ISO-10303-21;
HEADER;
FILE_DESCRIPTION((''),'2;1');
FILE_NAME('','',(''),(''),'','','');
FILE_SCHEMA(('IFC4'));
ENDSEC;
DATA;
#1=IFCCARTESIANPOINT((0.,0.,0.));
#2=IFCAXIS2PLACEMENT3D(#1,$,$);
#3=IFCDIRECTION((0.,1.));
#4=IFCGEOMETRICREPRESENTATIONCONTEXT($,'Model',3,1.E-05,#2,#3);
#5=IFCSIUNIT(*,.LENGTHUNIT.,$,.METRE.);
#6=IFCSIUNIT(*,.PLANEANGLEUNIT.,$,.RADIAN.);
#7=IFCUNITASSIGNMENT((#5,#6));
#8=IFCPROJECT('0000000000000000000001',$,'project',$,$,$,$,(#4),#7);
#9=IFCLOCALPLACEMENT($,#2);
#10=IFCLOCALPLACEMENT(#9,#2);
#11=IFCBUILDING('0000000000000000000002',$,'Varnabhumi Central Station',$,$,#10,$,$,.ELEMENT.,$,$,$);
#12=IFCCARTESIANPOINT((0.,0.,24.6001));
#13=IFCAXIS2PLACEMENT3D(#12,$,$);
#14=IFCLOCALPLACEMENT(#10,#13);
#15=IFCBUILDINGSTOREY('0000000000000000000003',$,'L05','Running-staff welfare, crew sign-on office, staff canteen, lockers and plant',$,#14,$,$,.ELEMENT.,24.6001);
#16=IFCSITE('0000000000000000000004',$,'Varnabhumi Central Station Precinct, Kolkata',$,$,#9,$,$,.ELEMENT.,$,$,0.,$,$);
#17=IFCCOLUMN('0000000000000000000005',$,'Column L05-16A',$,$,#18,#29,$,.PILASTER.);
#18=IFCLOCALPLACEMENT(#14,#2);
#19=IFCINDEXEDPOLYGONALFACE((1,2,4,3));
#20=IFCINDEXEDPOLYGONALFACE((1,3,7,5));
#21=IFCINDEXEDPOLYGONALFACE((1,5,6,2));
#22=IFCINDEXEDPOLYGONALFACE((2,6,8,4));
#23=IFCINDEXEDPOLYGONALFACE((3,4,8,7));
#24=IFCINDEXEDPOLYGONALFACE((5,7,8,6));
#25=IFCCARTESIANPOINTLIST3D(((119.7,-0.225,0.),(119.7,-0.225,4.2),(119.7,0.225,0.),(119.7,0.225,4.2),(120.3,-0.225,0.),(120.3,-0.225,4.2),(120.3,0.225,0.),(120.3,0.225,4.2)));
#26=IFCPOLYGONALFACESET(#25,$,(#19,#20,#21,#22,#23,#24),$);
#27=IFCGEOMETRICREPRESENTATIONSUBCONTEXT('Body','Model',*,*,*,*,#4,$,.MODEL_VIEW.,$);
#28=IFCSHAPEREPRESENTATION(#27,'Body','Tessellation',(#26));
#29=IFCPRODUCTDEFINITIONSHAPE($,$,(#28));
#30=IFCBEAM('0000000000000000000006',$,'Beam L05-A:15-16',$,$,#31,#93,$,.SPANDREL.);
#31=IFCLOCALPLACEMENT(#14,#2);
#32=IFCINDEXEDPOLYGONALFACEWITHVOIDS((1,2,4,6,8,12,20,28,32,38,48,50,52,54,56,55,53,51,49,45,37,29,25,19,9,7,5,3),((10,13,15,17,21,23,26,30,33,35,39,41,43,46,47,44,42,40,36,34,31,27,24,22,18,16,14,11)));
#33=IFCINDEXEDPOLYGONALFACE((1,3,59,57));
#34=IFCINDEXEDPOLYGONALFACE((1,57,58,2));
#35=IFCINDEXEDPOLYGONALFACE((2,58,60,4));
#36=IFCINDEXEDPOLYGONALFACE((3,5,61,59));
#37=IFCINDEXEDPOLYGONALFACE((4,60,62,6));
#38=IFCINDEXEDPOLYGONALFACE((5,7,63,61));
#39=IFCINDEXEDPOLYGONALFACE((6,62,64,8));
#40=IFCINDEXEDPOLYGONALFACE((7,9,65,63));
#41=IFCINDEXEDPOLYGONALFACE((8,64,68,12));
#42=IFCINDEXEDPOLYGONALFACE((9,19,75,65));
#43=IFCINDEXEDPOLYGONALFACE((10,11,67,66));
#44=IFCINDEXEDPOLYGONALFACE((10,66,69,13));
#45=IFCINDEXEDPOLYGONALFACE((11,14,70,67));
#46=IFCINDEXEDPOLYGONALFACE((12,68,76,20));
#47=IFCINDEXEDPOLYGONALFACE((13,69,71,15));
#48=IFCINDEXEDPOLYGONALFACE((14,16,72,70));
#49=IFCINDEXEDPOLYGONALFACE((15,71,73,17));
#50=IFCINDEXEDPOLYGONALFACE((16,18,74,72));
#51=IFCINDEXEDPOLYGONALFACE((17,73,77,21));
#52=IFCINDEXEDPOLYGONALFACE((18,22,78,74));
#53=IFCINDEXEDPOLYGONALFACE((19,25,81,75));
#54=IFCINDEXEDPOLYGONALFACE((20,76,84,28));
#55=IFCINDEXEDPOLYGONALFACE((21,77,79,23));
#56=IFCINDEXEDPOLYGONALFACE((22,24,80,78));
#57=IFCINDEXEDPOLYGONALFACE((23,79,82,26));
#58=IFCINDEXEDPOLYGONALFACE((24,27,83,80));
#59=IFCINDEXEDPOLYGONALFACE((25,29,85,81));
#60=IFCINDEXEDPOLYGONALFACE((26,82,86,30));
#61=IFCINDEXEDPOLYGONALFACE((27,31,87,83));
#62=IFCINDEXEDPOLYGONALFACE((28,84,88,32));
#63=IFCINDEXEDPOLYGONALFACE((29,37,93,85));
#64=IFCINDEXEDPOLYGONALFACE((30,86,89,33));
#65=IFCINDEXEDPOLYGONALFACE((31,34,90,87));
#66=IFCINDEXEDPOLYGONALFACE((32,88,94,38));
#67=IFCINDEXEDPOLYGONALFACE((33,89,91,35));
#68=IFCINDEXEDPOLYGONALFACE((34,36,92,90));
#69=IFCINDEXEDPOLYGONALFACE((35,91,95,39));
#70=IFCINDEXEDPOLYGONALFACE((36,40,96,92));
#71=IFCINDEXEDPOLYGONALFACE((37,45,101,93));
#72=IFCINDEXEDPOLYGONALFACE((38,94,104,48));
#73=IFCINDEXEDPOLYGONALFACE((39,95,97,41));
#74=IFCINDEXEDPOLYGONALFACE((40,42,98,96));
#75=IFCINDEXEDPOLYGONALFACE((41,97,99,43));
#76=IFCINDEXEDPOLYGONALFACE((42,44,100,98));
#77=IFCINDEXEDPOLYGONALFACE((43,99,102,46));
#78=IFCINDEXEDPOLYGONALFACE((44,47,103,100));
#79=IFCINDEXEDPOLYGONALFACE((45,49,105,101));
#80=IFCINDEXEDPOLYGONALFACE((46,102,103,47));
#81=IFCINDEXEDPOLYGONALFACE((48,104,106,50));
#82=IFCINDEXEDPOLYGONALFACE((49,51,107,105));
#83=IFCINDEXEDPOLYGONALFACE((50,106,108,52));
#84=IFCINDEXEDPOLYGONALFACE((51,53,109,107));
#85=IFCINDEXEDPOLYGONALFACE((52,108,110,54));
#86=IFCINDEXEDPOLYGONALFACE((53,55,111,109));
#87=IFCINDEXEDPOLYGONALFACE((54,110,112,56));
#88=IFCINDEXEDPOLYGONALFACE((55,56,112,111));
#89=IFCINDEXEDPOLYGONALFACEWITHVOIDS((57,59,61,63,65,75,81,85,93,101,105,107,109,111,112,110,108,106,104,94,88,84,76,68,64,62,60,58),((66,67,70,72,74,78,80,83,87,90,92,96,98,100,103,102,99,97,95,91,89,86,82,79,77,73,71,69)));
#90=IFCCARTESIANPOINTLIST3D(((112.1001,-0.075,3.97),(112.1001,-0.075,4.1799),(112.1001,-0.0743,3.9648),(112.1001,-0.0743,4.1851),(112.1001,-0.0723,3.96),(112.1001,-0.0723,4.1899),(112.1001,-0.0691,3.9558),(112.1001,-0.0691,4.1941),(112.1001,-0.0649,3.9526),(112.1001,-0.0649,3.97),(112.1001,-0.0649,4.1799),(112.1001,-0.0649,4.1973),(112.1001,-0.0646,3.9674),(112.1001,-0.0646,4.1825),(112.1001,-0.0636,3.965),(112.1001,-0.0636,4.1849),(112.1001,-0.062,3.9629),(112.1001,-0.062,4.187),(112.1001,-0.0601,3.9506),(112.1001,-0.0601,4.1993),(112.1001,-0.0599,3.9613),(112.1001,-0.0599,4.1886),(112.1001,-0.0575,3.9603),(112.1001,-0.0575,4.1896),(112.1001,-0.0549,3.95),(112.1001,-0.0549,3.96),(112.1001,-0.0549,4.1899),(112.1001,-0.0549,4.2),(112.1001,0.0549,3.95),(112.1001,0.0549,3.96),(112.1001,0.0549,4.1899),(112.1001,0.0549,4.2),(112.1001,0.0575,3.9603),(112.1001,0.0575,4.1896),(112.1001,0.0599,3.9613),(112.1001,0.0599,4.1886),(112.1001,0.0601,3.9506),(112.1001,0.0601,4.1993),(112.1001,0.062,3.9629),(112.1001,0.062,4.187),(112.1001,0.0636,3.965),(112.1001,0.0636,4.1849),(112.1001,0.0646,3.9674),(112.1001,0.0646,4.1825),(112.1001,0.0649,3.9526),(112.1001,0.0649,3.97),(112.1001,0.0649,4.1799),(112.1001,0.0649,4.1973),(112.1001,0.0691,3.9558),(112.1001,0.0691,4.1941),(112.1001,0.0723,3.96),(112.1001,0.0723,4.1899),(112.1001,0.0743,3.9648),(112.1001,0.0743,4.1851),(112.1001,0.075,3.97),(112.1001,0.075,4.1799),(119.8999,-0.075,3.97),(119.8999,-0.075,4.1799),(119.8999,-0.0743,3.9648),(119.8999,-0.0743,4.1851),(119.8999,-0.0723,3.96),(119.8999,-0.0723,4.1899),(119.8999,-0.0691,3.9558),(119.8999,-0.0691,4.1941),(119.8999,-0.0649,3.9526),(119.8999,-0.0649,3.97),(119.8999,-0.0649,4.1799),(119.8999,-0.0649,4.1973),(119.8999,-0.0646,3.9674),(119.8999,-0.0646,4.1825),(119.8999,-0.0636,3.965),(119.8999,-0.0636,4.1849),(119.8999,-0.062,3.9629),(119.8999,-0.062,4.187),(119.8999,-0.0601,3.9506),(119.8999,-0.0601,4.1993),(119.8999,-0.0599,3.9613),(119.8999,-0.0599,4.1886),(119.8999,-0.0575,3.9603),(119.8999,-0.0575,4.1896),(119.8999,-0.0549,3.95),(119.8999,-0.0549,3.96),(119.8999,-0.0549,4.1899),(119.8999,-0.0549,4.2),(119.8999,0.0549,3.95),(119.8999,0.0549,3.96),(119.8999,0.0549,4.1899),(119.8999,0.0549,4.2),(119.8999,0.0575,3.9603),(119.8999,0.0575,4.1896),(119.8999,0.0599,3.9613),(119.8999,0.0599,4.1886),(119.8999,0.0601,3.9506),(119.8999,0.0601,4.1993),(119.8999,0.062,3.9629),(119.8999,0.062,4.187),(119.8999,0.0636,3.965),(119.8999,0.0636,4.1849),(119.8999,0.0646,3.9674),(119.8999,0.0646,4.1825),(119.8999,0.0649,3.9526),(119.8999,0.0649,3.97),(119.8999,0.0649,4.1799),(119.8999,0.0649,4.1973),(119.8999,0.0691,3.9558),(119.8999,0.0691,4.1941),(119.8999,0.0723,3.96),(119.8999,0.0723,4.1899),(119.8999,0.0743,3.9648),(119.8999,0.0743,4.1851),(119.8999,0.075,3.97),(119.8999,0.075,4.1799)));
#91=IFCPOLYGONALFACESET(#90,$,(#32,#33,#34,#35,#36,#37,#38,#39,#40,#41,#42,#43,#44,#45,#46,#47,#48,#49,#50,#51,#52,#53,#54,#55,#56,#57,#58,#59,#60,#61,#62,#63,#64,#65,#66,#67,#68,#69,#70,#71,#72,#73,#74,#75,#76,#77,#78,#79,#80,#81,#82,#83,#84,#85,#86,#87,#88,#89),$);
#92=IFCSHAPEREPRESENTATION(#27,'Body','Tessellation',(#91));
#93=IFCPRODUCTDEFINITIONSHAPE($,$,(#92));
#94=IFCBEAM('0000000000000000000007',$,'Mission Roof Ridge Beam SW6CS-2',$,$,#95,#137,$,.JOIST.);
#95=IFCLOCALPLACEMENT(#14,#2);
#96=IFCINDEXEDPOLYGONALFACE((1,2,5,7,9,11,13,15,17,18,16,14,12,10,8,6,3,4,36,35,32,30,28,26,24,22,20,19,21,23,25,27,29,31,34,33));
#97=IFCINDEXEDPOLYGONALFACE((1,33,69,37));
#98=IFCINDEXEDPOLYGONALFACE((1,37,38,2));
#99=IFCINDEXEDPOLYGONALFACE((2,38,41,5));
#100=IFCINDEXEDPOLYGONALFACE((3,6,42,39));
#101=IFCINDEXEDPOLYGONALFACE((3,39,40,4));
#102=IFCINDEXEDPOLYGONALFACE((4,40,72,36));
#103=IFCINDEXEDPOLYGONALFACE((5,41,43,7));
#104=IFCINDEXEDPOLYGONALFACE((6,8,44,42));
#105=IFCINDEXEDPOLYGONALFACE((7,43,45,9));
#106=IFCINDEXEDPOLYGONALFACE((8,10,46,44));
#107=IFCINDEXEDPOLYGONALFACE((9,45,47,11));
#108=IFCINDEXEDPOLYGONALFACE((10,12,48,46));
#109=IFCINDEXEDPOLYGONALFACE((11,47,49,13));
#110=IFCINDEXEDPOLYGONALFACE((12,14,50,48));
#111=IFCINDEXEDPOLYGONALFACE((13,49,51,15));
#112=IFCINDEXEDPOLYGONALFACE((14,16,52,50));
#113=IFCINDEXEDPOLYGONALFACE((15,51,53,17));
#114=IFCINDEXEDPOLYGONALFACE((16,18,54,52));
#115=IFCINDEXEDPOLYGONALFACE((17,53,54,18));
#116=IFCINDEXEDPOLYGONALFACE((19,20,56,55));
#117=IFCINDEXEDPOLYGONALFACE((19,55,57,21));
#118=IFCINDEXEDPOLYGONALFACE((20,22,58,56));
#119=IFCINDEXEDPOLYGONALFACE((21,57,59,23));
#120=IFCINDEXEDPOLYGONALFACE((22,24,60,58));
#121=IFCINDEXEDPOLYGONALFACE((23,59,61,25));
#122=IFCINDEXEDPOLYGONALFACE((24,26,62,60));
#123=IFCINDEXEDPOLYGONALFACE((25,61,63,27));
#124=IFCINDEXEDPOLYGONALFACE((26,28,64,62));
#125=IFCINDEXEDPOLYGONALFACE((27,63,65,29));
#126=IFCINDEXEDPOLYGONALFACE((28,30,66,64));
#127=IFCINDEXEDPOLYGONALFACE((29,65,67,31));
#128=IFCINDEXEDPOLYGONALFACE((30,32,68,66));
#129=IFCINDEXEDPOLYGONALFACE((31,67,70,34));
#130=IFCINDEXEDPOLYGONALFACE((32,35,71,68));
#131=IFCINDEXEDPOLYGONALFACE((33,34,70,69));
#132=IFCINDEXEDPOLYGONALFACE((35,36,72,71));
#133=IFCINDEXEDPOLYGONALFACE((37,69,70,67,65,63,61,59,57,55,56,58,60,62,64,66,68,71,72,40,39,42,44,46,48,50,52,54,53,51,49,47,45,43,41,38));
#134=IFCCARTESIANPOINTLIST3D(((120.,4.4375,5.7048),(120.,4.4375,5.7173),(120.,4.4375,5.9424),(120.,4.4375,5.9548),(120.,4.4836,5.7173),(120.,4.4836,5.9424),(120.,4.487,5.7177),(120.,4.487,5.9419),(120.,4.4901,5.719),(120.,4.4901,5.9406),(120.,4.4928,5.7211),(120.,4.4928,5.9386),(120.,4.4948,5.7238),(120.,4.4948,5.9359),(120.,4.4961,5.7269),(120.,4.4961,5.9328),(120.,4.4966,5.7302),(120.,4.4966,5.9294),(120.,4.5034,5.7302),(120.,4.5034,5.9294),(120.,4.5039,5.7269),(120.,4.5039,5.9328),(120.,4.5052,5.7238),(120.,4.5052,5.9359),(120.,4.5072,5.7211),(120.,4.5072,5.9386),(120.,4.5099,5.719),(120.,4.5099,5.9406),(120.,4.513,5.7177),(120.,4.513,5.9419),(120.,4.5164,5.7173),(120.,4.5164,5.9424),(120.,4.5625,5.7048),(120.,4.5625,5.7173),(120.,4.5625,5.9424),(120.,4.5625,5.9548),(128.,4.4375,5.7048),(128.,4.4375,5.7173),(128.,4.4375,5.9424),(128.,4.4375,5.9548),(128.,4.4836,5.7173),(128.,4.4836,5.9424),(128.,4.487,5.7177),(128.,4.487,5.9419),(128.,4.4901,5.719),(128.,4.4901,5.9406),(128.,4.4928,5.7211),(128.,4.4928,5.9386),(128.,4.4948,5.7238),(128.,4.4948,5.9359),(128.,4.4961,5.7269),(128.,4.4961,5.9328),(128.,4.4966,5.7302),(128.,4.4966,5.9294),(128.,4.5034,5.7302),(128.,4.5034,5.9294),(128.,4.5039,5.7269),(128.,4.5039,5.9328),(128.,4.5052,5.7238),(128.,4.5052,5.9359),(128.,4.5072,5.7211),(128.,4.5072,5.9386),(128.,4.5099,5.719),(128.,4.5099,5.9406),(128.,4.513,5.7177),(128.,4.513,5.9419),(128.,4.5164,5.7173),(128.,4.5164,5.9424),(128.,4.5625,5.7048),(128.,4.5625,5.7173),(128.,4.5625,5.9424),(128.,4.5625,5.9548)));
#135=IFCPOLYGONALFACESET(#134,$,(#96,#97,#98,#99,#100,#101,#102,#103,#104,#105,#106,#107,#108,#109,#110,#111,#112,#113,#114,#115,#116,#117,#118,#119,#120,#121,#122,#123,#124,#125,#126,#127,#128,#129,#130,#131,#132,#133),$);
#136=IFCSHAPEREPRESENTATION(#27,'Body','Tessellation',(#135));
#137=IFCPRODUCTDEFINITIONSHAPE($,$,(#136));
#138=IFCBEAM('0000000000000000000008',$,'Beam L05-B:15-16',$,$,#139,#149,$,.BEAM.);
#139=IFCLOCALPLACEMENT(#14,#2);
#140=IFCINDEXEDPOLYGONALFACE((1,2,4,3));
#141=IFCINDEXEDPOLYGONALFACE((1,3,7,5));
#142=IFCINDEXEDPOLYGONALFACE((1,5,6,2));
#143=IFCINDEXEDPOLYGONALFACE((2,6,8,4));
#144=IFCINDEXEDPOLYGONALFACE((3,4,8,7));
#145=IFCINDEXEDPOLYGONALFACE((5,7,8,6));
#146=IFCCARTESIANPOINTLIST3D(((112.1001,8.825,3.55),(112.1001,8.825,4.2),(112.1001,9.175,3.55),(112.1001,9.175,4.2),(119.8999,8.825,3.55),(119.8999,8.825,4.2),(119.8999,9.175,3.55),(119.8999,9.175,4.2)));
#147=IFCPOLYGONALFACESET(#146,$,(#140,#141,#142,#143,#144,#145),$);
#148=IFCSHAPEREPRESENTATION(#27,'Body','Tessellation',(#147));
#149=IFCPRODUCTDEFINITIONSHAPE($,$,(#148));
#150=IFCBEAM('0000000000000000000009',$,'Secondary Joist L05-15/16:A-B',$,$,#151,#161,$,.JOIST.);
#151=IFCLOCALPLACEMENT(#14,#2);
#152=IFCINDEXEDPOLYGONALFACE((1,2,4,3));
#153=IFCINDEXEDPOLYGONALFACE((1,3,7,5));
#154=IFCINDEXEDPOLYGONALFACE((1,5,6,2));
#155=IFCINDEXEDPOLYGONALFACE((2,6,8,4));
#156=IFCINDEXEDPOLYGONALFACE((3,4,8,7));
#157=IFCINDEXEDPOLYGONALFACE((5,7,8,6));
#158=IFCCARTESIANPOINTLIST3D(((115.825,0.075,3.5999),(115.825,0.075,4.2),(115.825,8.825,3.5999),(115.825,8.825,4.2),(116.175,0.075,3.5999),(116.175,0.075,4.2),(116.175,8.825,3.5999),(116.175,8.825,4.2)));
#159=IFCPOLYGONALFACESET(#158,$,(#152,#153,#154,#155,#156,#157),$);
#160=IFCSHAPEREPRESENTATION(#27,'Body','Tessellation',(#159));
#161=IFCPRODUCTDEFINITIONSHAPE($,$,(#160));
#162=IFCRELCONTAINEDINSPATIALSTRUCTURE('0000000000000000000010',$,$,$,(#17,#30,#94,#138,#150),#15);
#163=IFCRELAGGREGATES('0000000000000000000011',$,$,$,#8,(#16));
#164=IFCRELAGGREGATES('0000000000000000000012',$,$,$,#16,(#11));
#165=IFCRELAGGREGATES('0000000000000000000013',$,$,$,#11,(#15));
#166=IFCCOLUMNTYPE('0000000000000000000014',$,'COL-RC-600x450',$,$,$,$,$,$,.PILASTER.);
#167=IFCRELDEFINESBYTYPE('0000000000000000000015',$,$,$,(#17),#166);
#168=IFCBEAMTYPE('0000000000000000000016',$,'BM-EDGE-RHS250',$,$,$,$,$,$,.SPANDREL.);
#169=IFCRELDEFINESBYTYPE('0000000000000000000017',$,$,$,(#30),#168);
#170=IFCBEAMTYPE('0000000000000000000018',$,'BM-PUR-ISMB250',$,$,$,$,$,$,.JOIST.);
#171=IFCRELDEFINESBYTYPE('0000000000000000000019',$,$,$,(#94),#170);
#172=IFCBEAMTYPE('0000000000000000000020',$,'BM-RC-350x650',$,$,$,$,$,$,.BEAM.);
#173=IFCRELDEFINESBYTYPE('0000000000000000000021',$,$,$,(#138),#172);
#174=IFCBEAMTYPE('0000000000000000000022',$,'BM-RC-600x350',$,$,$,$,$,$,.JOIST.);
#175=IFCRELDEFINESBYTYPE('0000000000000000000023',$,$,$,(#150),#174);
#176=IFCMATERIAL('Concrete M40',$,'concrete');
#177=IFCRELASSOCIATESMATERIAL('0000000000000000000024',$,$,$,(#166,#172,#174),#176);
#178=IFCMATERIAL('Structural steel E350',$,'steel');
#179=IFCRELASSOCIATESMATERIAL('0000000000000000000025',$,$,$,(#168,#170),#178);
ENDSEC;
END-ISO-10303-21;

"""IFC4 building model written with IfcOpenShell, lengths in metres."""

from ifc_helpers import new_model, si_unit, direction, frame, origin, origin_2d, place, context, subcontext, project, spatial, rectangle, hollow_rectangle, i_section, extrude, material, material_profile, profile_set, type_object, element, save


model = new_model("IFC4")

# Units and contexts
model_context = context("Model", 3, precision=1e-05, world=origin(), true_north=direction((0.0, 1.0)))
body_context = subcontext(model_context, "Body", "Model", "MODEL_VIEW")
ifc_project = project(units=[si_unit("LENGTHUNIT", "METRE"), si_unit("PLANEANGLEUNIT", "RADIAN")], contexts=[model_context])

# Site, building, storey
site_placement = place(None, origin())
site = spatial("IfcSite", under=ifc_project, at=site_placement, Name="Varnabhumi Central Station Precinct, Kolkata", CompositionType="ELEMENT", RefElevation=0.0)
building_placement = place(site_placement, origin())
building = spatial("IfcBuilding", under=site, at=building_placement, Name="Varnabhumi Central Station", CompositionType="ELEMENT")
storey_placement = place(building_placement, frame((0.0, 0.0, 24.6001)))
storey = spatial("IfcBuildingStorey", under=building, at=storey_placement, Name="L05", Description="Running-staff welfare, crew sign-on office, staff canteen, lockers and plant", CompositionType="ELEMENT", Elevation=24.6001)

# Column
ifc_material_1 = material(Name="Concrete M40", Category="concrete")
ifc_material_profile_1 = material_profile(ifc_material_1, rectangle(XDim=0.6001, YDim=0.45, at=origin_2d()), Name="Concrete M40", Category="concrete")
ifc_profile_set_1 = profile_set([ifc_material_profile_1], Name="Concrete M40")
column_type = type_object("IfcColumnType", Name="COL-RC-600x450", PredefinedType="PILASTER", material=ifc_profile_set_1)
column_placement = place(storey_placement, frame((120.0, 0.0, 0.0), z_axis=(0.0, 0.0, 1.0), x_axis=(1.0, 0.0, 0.0)))
element("IfcColumn", 1, at=column_placement, inside=storey, type_object=column_type, Name="Column L05-16A", PredefinedType="PILASTER", context=body_context, shape_type="SweptSolid", body=[
    extrude(rectangle(XDim=0.6001, YDim=0.45, at=origin_2d()), origin(), (0.0, 0.0, 1.0), 4.2),
])

# Beams
ifc_material_2 = material(Name="Structural steel E350", Category="steel")
ifc_material_profile_2 = material_profile(ifc_material_2, hollow_rectangle(XDim=0.1499, YDim=0.25, WallThickness=0.01, InnerFilletRadius=0.01, OuterFilletRadius=0.02, at=origin_2d()), Name="Structural steel E350", Category="steel")
ifc_profile_set_2 = profile_set([ifc_material_profile_2], Name="Structural steel E350")
beam_type_1 = type_object("IfcBeamType", Name="BM-EDGE-RHS250", PredefinedType="SPANDREL", material=ifc_profile_set_2)
beam_1_placement = place(storey_placement, frame((112.1001, 0.0, 4.075), z_axis=(1.0, 0.0, 0.0), x_axis=(0.0, 1.0, 0.0)))
element("IfcBeam", 2, at=beam_1_placement, inside=storey, type_object=beam_type_1, Name="Beam L05-A:15-16", PredefinedType="SPANDREL", context=body_context, shape_type="SweptSolid", body=[
    extrude(hollow_rectangle(XDim=0.1499, YDim=0.25, WallThickness=0.01, InnerFilletRadius=0.01, OuterFilletRadius=0.02, at=origin_2d()), origin(), (0.0, 0.0, 1.0), 7.7998),
])
ifc_material_profile_3 = material_profile(ifc_material_2, i_section(OverallWidth=0.125, OverallDepth=0.25, WebThickness=0.0068, FlangeThickness=0.0125, FilletRadius=0.0129, at=origin_2d()), Name="Structural steel E350", Category="steel")
ifc_profile_set_3 = profile_set([ifc_material_profile_3], Name="Structural steel E350")
beam_type_2 = type_object("IfcBeamType", Name="BM-PUR-ISMB250", PredefinedType="JOIST", material=ifc_profile_set_3)
beam_2_placement = place(storey_placement, frame((120.0, 4.5, 5.8298), z_axis=(1.0, 0.0, 0.0), x_axis=(0.0, 1.0, 0.0)))
element("IfcBeam", 3, at=beam_2_placement, inside=storey, type_object=beam_type_2, Name="Mission Roof Ridge Beam SW6CS-2", PredefinedType="JOIST", context=body_context, shape_type="SweptSolid", body=[
    extrude(i_section(OverallWidth=0.125, OverallDepth=0.25, WebThickness=0.0068, FlangeThickness=0.0125, FilletRadius=0.0129, at=origin_2d()), origin(), (0.0, 0.0, 1.0), 8.0),
])
ifc_material_profile_4 = material_profile(ifc_material_1, rectangle(XDim=0.3501, YDim=0.6499, at=origin_2d()), Name="Concrete M40", Category="concrete")
ifc_profile_set_4 = profile_set([ifc_material_profile_4], Name="Concrete M40")
beam_type_3 = type_object("IfcBeamType", Name="BM-RC-350x650", PredefinedType="BEAM", material=ifc_profile_set_4)
beam_3_placement = place(storey_placement, frame((112.1001, 9.0, 3.875), z_axis=(1.0, 0.0, 0.0), x_axis=(0.0, 1.0, 0.0)))
element("IfcBeam", 4, at=beam_3_placement, inside=storey, type_object=beam_type_3, Name="Beam L05-B:15-16", PredefinedType="BEAM", context=body_context, shape_type="SweptSolid", body=[
    extrude(rectangle(XDim=0.3501, YDim=0.6499, at=origin_2d()), origin(), (0.0, 0.0, 1.0), 7.7998),
])
ifc_material_profile_5 = material_profile(ifc_material_1, rectangle(XDim=0.3501, YDim=0.6001, at=origin_2d()), Name="Concrete M40", Category="concrete")
ifc_profile_set_5 = profile_set([ifc_material_profile_5], Name="Concrete M40")
beam_type_4 = type_object("IfcBeamType", Name="BM-RC-600x350", PredefinedType="JOIST", material=ifc_profile_set_5)
beam_4_placement = place(storey_placement, frame((116.0, 0.075, 3.8999), z_axis=(0.0, 1.0, 0.0), x_axis=(-1.0, 0.0, 0.0)))
element("IfcBeam", 5, at=beam_4_placement, inside=storey, type_object=beam_type_4, Name="Secondary Joist L05-15/16:A-B", PredefinedType="JOIST", context=body_context, shape_type="SweptSolid", body=[
    extrude(rectangle(XDim=0.3501, YDim=0.6001, at=origin_2d()), origin(), (0.0, 0.0, 1.0), 8.75),
])

save(model, "model.ifc")
